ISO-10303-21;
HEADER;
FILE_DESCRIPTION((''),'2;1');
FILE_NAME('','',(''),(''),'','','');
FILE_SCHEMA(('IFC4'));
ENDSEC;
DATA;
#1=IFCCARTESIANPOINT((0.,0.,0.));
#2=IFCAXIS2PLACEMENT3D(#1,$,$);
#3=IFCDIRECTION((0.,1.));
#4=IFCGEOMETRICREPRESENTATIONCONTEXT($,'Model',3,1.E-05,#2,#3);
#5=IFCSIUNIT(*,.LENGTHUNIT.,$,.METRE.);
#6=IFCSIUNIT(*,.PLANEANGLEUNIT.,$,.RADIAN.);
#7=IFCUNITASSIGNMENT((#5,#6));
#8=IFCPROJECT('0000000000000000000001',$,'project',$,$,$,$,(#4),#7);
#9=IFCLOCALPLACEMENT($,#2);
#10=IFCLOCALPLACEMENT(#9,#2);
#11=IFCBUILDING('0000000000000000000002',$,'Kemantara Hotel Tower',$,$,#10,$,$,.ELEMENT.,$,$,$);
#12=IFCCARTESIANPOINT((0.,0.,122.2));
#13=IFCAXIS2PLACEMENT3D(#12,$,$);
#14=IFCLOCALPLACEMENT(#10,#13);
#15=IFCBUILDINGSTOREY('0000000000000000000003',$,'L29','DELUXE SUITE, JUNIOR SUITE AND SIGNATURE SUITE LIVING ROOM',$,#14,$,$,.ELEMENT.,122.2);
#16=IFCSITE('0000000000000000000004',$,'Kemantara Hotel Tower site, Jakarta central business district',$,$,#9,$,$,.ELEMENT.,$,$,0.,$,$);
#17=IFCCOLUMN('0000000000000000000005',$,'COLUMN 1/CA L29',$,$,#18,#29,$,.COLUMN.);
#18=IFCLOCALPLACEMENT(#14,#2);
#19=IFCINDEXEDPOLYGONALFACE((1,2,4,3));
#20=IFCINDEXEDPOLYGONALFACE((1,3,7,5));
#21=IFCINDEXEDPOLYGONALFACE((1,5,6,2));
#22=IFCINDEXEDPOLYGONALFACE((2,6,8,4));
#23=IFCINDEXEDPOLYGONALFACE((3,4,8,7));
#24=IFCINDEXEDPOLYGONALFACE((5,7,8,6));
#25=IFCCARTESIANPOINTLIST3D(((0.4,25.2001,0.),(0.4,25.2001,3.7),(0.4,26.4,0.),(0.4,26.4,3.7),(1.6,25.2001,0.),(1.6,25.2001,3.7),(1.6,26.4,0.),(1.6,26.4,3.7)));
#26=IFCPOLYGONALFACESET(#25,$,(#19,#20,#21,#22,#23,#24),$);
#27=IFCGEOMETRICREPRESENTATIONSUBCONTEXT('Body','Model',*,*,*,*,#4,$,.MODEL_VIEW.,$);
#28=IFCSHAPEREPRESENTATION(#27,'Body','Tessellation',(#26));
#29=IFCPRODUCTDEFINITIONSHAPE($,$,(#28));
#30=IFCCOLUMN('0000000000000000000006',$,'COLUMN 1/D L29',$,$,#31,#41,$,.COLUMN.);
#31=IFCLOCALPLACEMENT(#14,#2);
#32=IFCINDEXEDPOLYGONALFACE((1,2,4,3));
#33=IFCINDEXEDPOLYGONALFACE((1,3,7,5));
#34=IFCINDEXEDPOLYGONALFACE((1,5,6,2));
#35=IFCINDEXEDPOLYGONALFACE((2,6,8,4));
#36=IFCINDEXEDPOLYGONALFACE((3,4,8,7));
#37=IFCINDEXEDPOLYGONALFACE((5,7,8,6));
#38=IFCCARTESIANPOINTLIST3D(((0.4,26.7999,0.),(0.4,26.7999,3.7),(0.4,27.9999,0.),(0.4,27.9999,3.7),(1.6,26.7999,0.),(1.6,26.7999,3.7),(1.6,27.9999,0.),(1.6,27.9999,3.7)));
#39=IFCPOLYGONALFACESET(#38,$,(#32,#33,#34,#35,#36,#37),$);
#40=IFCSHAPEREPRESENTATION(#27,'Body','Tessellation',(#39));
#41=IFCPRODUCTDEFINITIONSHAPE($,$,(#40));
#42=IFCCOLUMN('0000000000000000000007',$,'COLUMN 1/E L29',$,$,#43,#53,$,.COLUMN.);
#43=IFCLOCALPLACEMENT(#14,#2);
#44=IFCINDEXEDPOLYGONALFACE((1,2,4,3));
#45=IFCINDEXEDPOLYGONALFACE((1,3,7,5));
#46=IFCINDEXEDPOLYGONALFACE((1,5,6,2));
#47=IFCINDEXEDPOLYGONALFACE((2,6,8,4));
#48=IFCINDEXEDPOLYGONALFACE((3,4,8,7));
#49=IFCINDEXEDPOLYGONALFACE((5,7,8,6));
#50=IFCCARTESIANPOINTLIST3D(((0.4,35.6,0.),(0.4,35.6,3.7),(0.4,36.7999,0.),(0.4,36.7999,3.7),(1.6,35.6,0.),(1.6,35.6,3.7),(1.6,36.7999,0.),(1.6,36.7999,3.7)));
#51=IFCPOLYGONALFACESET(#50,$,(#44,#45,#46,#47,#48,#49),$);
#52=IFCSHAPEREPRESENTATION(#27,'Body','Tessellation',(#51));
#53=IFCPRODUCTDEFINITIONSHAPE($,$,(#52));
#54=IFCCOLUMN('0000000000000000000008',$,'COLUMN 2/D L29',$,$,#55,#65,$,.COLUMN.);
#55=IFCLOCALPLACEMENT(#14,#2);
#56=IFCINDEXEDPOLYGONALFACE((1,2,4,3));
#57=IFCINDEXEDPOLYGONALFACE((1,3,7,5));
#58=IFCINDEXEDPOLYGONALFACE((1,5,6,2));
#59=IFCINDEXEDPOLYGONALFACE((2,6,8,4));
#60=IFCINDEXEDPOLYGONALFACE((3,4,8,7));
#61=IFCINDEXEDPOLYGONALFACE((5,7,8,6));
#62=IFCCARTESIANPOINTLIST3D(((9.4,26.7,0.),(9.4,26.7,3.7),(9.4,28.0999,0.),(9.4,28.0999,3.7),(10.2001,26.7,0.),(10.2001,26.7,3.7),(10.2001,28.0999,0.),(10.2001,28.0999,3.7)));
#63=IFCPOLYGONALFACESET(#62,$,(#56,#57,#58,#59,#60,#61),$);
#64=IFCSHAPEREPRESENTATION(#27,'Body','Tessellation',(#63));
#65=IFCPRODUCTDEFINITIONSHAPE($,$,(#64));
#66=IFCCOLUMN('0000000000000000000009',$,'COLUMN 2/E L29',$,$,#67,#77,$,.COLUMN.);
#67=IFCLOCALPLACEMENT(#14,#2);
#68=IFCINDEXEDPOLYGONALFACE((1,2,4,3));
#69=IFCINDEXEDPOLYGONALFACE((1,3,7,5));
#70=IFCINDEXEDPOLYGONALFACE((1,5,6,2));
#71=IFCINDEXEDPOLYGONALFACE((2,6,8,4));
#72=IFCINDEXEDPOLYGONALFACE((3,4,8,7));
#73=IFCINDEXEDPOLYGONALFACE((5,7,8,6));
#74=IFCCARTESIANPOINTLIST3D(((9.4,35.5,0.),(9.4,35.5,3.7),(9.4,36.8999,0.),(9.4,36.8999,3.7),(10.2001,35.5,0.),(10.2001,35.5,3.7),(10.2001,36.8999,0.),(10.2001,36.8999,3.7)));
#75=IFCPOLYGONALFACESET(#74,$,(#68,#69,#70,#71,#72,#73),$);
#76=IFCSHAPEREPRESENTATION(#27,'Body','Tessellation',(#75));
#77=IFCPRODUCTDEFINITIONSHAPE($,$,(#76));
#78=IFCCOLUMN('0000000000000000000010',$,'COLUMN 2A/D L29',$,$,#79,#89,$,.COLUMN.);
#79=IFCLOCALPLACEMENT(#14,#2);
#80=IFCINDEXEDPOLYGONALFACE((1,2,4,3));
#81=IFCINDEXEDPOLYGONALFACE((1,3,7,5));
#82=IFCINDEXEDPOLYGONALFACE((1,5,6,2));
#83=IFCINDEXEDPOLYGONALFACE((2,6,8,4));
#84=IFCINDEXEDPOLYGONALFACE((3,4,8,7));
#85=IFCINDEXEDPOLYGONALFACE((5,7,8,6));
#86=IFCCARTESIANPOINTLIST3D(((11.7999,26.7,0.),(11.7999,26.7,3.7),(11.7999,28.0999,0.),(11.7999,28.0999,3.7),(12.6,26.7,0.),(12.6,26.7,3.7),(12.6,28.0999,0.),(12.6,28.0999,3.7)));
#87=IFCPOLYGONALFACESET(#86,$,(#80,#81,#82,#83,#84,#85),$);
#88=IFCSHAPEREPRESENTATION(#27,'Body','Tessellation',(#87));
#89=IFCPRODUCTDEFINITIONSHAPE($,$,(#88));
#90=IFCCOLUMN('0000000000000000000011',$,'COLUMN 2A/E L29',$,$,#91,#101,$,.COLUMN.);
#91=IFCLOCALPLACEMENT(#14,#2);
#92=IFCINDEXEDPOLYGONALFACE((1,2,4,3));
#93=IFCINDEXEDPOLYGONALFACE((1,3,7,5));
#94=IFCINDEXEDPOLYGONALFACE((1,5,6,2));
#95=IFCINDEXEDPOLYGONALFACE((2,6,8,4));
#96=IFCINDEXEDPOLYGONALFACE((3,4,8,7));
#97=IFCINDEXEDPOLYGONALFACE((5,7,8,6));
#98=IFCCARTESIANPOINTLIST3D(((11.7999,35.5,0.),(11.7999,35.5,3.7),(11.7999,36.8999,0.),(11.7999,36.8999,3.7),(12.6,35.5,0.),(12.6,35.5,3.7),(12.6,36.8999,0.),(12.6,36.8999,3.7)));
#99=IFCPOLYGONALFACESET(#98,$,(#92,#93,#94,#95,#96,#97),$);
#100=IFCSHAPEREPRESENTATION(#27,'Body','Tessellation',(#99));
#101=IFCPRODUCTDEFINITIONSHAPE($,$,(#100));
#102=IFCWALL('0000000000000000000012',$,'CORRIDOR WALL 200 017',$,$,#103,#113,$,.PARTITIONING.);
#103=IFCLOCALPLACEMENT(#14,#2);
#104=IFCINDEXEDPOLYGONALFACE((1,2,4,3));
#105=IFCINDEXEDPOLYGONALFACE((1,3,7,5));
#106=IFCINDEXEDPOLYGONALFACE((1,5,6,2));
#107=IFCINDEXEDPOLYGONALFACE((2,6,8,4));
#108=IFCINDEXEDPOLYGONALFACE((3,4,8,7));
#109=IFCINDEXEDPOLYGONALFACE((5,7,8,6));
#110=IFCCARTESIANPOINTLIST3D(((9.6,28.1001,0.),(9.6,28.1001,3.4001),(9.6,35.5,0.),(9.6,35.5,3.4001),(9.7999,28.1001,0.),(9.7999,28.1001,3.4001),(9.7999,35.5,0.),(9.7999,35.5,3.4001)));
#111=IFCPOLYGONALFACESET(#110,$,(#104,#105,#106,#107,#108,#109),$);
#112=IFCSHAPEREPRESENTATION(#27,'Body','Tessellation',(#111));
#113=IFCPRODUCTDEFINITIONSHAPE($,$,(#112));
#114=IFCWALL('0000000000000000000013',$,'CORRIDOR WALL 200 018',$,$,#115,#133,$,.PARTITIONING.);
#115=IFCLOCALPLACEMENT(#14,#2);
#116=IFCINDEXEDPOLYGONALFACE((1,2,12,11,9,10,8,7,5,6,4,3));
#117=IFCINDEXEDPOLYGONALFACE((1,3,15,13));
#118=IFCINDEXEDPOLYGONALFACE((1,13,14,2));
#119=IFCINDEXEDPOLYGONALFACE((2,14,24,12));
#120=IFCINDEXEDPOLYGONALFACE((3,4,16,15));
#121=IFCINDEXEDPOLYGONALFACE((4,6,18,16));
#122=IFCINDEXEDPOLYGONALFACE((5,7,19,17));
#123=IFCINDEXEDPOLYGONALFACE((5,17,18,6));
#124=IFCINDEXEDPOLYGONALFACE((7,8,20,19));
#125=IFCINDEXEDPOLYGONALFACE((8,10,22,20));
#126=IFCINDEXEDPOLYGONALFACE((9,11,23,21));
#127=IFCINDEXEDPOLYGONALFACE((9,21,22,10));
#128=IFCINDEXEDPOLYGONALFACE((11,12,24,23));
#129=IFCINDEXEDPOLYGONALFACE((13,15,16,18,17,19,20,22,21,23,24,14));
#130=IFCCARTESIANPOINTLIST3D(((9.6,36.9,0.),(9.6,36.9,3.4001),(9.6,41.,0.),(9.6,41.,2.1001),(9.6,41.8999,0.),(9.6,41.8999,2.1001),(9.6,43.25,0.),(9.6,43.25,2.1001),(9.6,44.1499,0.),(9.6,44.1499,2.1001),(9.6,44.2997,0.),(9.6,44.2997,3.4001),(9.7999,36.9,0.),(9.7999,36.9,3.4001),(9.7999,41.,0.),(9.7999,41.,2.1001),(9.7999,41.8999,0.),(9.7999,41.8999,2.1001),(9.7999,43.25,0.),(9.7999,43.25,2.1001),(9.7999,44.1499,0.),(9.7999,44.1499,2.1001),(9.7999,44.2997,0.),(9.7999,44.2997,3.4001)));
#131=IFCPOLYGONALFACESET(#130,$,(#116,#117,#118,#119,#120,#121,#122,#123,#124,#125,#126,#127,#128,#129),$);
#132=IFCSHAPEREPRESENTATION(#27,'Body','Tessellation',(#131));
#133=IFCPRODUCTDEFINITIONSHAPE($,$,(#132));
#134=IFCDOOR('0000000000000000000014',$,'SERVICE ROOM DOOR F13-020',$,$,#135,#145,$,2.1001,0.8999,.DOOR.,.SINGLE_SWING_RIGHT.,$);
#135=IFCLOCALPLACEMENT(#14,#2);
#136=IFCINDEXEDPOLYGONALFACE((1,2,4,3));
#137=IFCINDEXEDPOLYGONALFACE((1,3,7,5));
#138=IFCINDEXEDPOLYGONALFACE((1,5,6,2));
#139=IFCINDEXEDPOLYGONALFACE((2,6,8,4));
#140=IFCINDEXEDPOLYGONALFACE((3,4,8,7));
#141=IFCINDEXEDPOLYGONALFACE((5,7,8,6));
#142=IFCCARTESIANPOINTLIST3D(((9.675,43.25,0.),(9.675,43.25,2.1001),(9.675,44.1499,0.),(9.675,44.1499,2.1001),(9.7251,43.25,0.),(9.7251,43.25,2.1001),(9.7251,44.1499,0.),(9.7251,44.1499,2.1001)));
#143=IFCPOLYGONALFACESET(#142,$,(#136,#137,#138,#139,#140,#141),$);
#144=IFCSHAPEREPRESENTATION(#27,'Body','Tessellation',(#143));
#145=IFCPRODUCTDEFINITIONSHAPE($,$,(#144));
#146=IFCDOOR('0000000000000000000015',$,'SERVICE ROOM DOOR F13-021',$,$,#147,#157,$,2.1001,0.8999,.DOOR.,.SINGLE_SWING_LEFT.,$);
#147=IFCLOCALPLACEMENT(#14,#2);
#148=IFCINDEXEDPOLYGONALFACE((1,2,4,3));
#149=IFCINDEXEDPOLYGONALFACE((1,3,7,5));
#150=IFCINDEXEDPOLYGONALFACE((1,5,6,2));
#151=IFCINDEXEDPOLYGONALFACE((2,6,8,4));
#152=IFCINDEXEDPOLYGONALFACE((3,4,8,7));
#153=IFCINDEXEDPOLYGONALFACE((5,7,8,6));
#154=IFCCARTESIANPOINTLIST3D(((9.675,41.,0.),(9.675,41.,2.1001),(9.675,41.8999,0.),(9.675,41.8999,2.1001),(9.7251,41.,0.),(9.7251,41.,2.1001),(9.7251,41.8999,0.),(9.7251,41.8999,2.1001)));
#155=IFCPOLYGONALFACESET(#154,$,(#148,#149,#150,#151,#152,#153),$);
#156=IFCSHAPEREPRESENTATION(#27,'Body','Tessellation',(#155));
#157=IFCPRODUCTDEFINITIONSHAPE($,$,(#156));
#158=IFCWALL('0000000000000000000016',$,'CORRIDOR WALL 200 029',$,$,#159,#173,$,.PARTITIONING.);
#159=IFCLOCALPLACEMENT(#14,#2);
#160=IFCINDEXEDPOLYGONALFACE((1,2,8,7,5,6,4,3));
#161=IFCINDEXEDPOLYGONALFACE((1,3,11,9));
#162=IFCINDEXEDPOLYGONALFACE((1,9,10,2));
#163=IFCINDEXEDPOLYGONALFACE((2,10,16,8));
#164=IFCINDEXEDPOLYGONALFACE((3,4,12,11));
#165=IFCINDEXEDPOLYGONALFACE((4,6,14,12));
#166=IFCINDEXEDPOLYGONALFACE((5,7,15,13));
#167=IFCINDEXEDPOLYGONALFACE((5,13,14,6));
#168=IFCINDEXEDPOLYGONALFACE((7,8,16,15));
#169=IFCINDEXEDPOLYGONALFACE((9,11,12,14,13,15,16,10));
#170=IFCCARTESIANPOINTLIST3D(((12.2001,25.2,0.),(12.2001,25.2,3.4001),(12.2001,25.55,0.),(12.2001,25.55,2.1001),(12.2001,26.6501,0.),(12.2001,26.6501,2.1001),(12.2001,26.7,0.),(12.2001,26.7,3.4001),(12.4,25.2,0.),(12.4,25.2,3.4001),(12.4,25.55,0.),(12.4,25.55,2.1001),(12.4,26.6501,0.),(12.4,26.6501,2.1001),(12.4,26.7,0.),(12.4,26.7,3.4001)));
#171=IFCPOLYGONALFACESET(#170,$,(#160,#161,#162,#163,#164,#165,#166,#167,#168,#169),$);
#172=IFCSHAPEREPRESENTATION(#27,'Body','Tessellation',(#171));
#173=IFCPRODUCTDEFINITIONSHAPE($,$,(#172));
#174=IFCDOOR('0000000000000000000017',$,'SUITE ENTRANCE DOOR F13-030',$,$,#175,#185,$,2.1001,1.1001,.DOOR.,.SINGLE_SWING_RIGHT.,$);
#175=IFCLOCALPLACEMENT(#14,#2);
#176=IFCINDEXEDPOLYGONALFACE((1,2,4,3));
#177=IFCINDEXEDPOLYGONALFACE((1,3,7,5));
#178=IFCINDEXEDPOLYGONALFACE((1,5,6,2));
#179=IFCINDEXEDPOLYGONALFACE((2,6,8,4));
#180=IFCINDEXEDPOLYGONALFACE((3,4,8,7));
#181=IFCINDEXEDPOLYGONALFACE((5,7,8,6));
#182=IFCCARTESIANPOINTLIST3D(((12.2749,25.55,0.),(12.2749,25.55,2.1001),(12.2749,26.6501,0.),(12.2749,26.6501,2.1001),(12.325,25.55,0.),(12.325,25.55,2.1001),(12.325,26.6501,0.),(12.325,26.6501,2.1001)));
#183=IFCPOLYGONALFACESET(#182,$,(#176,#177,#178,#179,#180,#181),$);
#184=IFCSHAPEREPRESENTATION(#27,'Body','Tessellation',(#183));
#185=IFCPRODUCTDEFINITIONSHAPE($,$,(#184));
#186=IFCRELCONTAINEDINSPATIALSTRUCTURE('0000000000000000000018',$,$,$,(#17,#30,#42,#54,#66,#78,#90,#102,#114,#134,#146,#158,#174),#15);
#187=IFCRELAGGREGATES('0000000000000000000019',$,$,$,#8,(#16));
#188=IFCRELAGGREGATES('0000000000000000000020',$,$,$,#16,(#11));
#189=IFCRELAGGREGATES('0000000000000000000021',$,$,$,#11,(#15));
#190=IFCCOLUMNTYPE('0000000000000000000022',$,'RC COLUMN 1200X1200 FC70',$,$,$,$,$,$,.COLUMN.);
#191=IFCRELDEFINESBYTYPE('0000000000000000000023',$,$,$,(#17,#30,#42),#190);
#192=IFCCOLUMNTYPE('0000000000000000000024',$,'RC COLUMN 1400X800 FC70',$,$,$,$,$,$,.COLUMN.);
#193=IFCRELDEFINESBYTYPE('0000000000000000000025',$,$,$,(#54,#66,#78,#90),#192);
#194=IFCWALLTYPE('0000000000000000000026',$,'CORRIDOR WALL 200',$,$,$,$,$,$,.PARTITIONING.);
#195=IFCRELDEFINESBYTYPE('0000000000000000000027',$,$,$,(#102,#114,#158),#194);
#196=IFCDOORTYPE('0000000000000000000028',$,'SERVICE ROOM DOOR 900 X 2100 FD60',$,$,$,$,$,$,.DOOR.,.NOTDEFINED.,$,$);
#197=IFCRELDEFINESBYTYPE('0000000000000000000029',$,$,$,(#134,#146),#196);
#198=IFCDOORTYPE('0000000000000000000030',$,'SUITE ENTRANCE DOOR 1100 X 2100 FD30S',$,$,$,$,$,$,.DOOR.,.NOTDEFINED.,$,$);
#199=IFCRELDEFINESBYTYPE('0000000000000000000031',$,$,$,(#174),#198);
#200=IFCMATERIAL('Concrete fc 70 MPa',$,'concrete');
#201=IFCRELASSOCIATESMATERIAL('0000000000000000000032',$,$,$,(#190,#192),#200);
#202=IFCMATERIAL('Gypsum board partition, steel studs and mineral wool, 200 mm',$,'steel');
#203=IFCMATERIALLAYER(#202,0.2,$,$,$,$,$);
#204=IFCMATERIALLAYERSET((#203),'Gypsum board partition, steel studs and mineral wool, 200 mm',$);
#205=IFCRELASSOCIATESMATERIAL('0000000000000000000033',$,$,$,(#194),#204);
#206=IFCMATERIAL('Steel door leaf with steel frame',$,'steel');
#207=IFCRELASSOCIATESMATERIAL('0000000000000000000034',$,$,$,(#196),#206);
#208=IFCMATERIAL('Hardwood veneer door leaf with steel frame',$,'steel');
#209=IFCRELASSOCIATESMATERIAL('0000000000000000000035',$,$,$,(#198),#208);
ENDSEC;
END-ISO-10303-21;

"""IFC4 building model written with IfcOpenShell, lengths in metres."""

from ifc_helpers import new_model, si_unit, direction, frame, frame_2d, origin, origin_2d, place, context, subcontext, project, spatial, rectangle, extrude, material, layer, layer_set, material_profile, profile_set, type_object, element, fill, save


model = new_model("IFC4")

# Units and contexts
model_context = context("Model", 3, precision=1e-05, world=origin(), true_north=direction((0.0, 1.0)))
body_context = subcontext(model_context, "Body", "Model", "MODEL_VIEW")
ifc_project = project(units=[si_unit("LENGTHUNIT", "METRE"), si_unit("PLANEANGLEUNIT", "RADIAN")], contexts=[model_context])

# Site, building, storey
site_placement = place(None, origin())
site = spatial("IfcSite", under=ifc_project, at=site_placement, Name="Kemantara Hotel Tower site, Jakarta central business district", CompositionType="ELEMENT", RefElevation=0.0)
building_placement = place(site_placement, origin())
building = spatial("IfcBuilding", under=site, at=building_placement, Name="Kemantara Hotel Tower", CompositionType="ELEMENT")
storey_placement = place(building_placement, frame((0.0, 0.0, 122.2)))
storey = spatial("IfcBuildingStorey", under=building, at=storey_placement, Name="L29", Description="DELUXE SUITE, JUNIOR SUITE AND SIGNATURE SUITE LIVING ROOM", CompositionType="ELEMENT", Elevation=122.2)

# Columns
ifc_material_1 = material(Name="Concrete fc 70 MPa", Category="concrete")
ifc_material_profile_1 = material_profile(ifc_material_1, rectangle(XDim=1.2, YDim=1.2, at=origin_2d()), Name="RC 1200X1200")
ifc_profile_set_1 = profile_set([ifc_material_profile_1], Name="Concrete fc 70 MPa")
column_type_1 = type_object("IfcColumnType", Name="RC COLUMN 1200X1200 FC70", PredefinedType="COLUMN", material=ifc_profile_set_1)
for number, where, z_axis, x_axis, name in (
    (1, (1.0, 25.8, 0.0), (0.0, 0.0, 1.0), (1.0, 0.0, 0.0), "COLUMN 1/CA L29"),
    (2, (1.0, 27.3999, 0.0), (0.0, 0.0, 1.0), (1.0, 0.0, 0.0), "COLUMN 1/D L29"),
    (3, (1.0, 36.2, 0.0), (0.0, 0.0, 1.0), (1.0, 0.0, 0.0), "COLUMN 1/E L29"),
):
    element("IfcColumn", number, at=place(storey_placement, frame(where, z_axis=z_axis, x_axis=x_axis)), inside=storey, type_object=column_type_1, Name=name, PredefinedType="COLUMN", context=body_context, shape_type="SweptSolid", body=[
        extrude(rectangle(XDim=1.2, YDim=1.2, at=origin_2d()), origin(), (0.0, 0.0, 1.0), 3.7),
    ])
ifc_material_profile_2 = material_profile(ifc_material_1, rectangle(XDim=1.3999, YDim=0.8, at=origin_2d()), Name="RC 1400X800")
ifc_profile_set_2 = profile_set([ifc_material_profile_2], Name="Concrete fc 70 MPa")
column_type_2 = type_object("IfcColumnType", Name="RC COLUMN 1400X800 FC70", PredefinedType="COLUMN", material=ifc_profile_set_2)
for number, where, z_axis, x_axis, name in (
    (4, (9.8, 27.3999, 0.0), (0.0, 0.0, 1.0), (0.0, 1.0, 0.0), "COLUMN 2/D L29"),
    (5, (9.8, 36.2, 0.0), (0.0, 0.0, 1.0), (0.0, 1.0, 0.0), "COLUMN 2/E L29"),
    (6, (12.2, 27.3999, 0.0), (0.0, 0.0, 1.0), (0.0, 1.0, 0.0), "COLUMN 2A/D L29"),
    (7, (12.2, 36.2, 0.0), (0.0, 0.0, 1.0), (0.0, 1.0, 0.0), "COLUMN 2A/E L29"),
):
    element("IfcColumn", number, at=place(storey_placement, frame(where, z_axis=z_axis, x_axis=x_axis)), inside=storey, type_object=column_type_2, Name=name, PredefinedType="COLUMN", context=body_context, shape_type="SweptSolid", body=[
        extrude(rectangle(XDim=1.3999, YDim=0.8, at=origin_2d()), origin(), (0.0, 0.0, 1.0), 3.7),
    ])

# Wall
ifc_material_2 = material(Name="Gypsum board partition, steel studs and mineral wool, 200 mm", Category="steel")
ifc_layer_1 = layer(ifc_material_2, 0.2)
ifc_layer_set_1 = layer_set([ifc_layer_1], Name="Gypsum board partition, steel studs and mineral wool, 200 mm")
wall_type_1 = type_object("IfcWallType", Name="CORRIDOR WALL 200", PredefinedType="PARTITIONING", material=ifc_layer_set_1)
wall_1_placement = place(storey_placement, frame((9.7, 28.1001, 0.0), z_axis=(0.0, 0.0, 1.0), x_axis=(0.0, 1.0, 0.0)))
element("IfcWall", 8, at=wall_1_placement, inside=storey, type_object=wall_type_1, Name="CORRIDOR WALL 200 017", PredefinedType="PARTITIONING", context=body_context, shape_type="SweptSolid", body=[
    extrude(rectangle(XDim=7.3999, YDim=0.2, at=frame_2d((3.7, 0.0))), origin(), (0.0, 0.0, 1.0), 3.4001),
])

# Wall, openings, doors
wall_2_placement = place(storey_placement, frame((9.7, 36.9001, 0.0), z_axis=(0.0, 0.0, 1.0), x_axis=(0.0, 1.0, 0.0)))
wall_2 = element("IfcWall", 9, at=wall_2_placement, inside=storey, type_object=wall_type_1, Name="CORRIDOR WALL 200 018", PredefinedType="PARTITIONING", context=body_context, shape_type="SweptSolid", body=[
    extrude(rectangle(XDim=7.3997, YDim=0.2, at=frame_2d((3.6997, 0.0))), origin(), (0.0, 0.0, 1.0), 3.4001),
])
opening_1_placement = place(wall_2_placement, frame((6.3499, 0.0, 0.0)))
opening_1 = element("IfcOpeningElement", 10, at=opening_1_placement, cuts=wall_2, PredefinedType="OPENING", context=body_context, shape_type="SweptSolid", body=[
    extrude(rectangle(XDim=0.8999, YDim=2.1001, at=frame_2d((0.45, 1.05))), frame((0.0, 0.1099, 0.0), z_axis=(0.0, -1.0, 0.0), x_axis=(1.0, 0.0, 0.0)), (0.0, 0.0, 1.0), 0.22),
])
opening_2_placement = place(wall_2_placement, frame((4.0999, 0.0, 0.0)))
opening_2 = element("IfcOpeningElement", 11, at=opening_2_placement, cuts=wall_2, PredefinedType="OPENING", context=body_context, shape_type="SweptSolid", body=[
    extrude(rectangle(XDim=0.8999, YDim=2.1001, at=frame_2d((0.45, 1.05))), frame((0.0, 0.1099, 0.0), z_axis=(0.0, -1.0, 0.0), x_axis=(1.0, 0.0, 0.0)), (0.0, 0.0, 1.0), 0.22),
])
ifc_material_3 = material(Name="Steel door leaf with steel frame", Category="steel")
door_type_1 = type_object("IfcDoorType", Name="SERVICE ROOM DOOR 900 X 2100 FD60", OperationType="NOTDEFINED", PredefinedType="DOOR", material=ifc_material_3)
door_1_placement = place(opening_1_placement, origin())
door_1 = element("IfcDoor", 12, at=door_1_placement, inside=storey, type_object=door_type_1, Name="SERVICE ROOM DOOR F13-020", OperationType="SINGLE_SWING_RIGHT", OverallHeight=2.1001, OverallWidth=0.8999, PredefinedType="DOOR", context=body_context, shape_type="SweptSolid", body=[
    extrude(rectangle(XDim=0.8999, YDim=2.1001, at=frame_2d((0.45, 1.05))), frame((0.0, 0.0249, 0.0), z_axis=(0.0, -1.0, 0.0), x_axis=(1.0, 0.0, 0.0)), (0.0, 0.0, 1.0), 0.05),
])
fill(opening_1, door_1)
door_2_placement = place(opening_2_placement, origin())
door_2 = element("IfcDoor", 13, at=door_2_placement, inside=storey, type_object=door_type_1, Name="SERVICE ROOM DOOR F13-021", OperationType="SINGLE_SWING_LEFT", OverallHeight=2.1001, OverallWidth=0.8999, PredefinedType="DOOR", context=body_context, shape_type="SweptSolid", body=[
    extrude(rectangle(XDim=0.8999, YDim=2.1001, at=frame_2d((0.45, 1.05))), frame((0.0, 0.0249, 0.0), z_axis=(0.0, -1.0, 0.0), x_axis=(1.0, 0.0, 0.0)), (0.0, 0.0, 1.0), 0.05),
])
fill(opening_2, door_2)

# Wall, opening, door
wall_3_placement = place(storey_placement, frame((12.3, 26.7, 0.0), z_axis=(0.0, 0.0, 1.0), x_axis=(0.0, -1.0, 0.0)))
wall_3 = element("IfcWall", 14, at=wall_3_placement, inside=storey, type_object=wall_type_1, Name="CORRIDOR WALL 200 029", PredefinedType="PARTITIONING", context=body_context, shape_type="SweptSolid", body=[
    extrude(rectangle(XDim=1.5, YDim=0.2, at=frame_2d((0.75, 0.0))), origin(), (0.0, 0.0, 1.0), 3.4001),
])
opening_3_placement = place(wall_3_placement, frame((0.0498, 0.0, 0.0)))
opening_3 = element("IfcOpeningElement", 15, at=opening_3_placement, cuts=wall_3, PredefinedType="OPENING", context=body_context, shape_type="SweptSolid", body=[
    extrude(rectangle(XDim=1.1001, YDim=2.1001, at=frame_2d((0.55, 1.05))), frame((0.0, 0.1099, 0.0), z_axis=(0.0, -1.0, 0.0), x_axis=(1.0, 0.0, 0.0)), (0.0, 0.0, 1.0), 0.22),
])
ifc_material_4 = material(Name="Hardwood veneer door leaf with steel frame", Category="steel")
door_type_2 = type_object("IfcDoorType", Name="SUITE ENTRANCE DOOR 1100 X 2100 FD30S", OperationType="NOTDEFINED", PredefinedType="DOOR", material=ifc_material_4)
door_3_placement = place(opening_3_placement, origin())
door_3 = element("IfcDoor", 16, at=door_3_placement, inside=storey, type_object=door_type_2, Name="SUITE ENTRANCE DOOR F13-030", OperationType="SINGLE_SWING_RIGHT", OverallHeight=2.1001, OverallWidth=1.1001, PredefinedType="DOOR", context=body_context, shape_type="SweptSolid", body=[
    extrude(rectangle(XDim=1.1001, YDim=2.1001, at=frame_2d((0.55, 1.05))), frame((0.0, 0.0249, 0.0), z_axis=(0.0, -1.0, 0.0), x_axis=(1.0, 0.0, 0.0)), (0.0, 0.0, 1.0), 0.05),
])
fill(opening_3, door_3)

save(model, "model.ifc")
